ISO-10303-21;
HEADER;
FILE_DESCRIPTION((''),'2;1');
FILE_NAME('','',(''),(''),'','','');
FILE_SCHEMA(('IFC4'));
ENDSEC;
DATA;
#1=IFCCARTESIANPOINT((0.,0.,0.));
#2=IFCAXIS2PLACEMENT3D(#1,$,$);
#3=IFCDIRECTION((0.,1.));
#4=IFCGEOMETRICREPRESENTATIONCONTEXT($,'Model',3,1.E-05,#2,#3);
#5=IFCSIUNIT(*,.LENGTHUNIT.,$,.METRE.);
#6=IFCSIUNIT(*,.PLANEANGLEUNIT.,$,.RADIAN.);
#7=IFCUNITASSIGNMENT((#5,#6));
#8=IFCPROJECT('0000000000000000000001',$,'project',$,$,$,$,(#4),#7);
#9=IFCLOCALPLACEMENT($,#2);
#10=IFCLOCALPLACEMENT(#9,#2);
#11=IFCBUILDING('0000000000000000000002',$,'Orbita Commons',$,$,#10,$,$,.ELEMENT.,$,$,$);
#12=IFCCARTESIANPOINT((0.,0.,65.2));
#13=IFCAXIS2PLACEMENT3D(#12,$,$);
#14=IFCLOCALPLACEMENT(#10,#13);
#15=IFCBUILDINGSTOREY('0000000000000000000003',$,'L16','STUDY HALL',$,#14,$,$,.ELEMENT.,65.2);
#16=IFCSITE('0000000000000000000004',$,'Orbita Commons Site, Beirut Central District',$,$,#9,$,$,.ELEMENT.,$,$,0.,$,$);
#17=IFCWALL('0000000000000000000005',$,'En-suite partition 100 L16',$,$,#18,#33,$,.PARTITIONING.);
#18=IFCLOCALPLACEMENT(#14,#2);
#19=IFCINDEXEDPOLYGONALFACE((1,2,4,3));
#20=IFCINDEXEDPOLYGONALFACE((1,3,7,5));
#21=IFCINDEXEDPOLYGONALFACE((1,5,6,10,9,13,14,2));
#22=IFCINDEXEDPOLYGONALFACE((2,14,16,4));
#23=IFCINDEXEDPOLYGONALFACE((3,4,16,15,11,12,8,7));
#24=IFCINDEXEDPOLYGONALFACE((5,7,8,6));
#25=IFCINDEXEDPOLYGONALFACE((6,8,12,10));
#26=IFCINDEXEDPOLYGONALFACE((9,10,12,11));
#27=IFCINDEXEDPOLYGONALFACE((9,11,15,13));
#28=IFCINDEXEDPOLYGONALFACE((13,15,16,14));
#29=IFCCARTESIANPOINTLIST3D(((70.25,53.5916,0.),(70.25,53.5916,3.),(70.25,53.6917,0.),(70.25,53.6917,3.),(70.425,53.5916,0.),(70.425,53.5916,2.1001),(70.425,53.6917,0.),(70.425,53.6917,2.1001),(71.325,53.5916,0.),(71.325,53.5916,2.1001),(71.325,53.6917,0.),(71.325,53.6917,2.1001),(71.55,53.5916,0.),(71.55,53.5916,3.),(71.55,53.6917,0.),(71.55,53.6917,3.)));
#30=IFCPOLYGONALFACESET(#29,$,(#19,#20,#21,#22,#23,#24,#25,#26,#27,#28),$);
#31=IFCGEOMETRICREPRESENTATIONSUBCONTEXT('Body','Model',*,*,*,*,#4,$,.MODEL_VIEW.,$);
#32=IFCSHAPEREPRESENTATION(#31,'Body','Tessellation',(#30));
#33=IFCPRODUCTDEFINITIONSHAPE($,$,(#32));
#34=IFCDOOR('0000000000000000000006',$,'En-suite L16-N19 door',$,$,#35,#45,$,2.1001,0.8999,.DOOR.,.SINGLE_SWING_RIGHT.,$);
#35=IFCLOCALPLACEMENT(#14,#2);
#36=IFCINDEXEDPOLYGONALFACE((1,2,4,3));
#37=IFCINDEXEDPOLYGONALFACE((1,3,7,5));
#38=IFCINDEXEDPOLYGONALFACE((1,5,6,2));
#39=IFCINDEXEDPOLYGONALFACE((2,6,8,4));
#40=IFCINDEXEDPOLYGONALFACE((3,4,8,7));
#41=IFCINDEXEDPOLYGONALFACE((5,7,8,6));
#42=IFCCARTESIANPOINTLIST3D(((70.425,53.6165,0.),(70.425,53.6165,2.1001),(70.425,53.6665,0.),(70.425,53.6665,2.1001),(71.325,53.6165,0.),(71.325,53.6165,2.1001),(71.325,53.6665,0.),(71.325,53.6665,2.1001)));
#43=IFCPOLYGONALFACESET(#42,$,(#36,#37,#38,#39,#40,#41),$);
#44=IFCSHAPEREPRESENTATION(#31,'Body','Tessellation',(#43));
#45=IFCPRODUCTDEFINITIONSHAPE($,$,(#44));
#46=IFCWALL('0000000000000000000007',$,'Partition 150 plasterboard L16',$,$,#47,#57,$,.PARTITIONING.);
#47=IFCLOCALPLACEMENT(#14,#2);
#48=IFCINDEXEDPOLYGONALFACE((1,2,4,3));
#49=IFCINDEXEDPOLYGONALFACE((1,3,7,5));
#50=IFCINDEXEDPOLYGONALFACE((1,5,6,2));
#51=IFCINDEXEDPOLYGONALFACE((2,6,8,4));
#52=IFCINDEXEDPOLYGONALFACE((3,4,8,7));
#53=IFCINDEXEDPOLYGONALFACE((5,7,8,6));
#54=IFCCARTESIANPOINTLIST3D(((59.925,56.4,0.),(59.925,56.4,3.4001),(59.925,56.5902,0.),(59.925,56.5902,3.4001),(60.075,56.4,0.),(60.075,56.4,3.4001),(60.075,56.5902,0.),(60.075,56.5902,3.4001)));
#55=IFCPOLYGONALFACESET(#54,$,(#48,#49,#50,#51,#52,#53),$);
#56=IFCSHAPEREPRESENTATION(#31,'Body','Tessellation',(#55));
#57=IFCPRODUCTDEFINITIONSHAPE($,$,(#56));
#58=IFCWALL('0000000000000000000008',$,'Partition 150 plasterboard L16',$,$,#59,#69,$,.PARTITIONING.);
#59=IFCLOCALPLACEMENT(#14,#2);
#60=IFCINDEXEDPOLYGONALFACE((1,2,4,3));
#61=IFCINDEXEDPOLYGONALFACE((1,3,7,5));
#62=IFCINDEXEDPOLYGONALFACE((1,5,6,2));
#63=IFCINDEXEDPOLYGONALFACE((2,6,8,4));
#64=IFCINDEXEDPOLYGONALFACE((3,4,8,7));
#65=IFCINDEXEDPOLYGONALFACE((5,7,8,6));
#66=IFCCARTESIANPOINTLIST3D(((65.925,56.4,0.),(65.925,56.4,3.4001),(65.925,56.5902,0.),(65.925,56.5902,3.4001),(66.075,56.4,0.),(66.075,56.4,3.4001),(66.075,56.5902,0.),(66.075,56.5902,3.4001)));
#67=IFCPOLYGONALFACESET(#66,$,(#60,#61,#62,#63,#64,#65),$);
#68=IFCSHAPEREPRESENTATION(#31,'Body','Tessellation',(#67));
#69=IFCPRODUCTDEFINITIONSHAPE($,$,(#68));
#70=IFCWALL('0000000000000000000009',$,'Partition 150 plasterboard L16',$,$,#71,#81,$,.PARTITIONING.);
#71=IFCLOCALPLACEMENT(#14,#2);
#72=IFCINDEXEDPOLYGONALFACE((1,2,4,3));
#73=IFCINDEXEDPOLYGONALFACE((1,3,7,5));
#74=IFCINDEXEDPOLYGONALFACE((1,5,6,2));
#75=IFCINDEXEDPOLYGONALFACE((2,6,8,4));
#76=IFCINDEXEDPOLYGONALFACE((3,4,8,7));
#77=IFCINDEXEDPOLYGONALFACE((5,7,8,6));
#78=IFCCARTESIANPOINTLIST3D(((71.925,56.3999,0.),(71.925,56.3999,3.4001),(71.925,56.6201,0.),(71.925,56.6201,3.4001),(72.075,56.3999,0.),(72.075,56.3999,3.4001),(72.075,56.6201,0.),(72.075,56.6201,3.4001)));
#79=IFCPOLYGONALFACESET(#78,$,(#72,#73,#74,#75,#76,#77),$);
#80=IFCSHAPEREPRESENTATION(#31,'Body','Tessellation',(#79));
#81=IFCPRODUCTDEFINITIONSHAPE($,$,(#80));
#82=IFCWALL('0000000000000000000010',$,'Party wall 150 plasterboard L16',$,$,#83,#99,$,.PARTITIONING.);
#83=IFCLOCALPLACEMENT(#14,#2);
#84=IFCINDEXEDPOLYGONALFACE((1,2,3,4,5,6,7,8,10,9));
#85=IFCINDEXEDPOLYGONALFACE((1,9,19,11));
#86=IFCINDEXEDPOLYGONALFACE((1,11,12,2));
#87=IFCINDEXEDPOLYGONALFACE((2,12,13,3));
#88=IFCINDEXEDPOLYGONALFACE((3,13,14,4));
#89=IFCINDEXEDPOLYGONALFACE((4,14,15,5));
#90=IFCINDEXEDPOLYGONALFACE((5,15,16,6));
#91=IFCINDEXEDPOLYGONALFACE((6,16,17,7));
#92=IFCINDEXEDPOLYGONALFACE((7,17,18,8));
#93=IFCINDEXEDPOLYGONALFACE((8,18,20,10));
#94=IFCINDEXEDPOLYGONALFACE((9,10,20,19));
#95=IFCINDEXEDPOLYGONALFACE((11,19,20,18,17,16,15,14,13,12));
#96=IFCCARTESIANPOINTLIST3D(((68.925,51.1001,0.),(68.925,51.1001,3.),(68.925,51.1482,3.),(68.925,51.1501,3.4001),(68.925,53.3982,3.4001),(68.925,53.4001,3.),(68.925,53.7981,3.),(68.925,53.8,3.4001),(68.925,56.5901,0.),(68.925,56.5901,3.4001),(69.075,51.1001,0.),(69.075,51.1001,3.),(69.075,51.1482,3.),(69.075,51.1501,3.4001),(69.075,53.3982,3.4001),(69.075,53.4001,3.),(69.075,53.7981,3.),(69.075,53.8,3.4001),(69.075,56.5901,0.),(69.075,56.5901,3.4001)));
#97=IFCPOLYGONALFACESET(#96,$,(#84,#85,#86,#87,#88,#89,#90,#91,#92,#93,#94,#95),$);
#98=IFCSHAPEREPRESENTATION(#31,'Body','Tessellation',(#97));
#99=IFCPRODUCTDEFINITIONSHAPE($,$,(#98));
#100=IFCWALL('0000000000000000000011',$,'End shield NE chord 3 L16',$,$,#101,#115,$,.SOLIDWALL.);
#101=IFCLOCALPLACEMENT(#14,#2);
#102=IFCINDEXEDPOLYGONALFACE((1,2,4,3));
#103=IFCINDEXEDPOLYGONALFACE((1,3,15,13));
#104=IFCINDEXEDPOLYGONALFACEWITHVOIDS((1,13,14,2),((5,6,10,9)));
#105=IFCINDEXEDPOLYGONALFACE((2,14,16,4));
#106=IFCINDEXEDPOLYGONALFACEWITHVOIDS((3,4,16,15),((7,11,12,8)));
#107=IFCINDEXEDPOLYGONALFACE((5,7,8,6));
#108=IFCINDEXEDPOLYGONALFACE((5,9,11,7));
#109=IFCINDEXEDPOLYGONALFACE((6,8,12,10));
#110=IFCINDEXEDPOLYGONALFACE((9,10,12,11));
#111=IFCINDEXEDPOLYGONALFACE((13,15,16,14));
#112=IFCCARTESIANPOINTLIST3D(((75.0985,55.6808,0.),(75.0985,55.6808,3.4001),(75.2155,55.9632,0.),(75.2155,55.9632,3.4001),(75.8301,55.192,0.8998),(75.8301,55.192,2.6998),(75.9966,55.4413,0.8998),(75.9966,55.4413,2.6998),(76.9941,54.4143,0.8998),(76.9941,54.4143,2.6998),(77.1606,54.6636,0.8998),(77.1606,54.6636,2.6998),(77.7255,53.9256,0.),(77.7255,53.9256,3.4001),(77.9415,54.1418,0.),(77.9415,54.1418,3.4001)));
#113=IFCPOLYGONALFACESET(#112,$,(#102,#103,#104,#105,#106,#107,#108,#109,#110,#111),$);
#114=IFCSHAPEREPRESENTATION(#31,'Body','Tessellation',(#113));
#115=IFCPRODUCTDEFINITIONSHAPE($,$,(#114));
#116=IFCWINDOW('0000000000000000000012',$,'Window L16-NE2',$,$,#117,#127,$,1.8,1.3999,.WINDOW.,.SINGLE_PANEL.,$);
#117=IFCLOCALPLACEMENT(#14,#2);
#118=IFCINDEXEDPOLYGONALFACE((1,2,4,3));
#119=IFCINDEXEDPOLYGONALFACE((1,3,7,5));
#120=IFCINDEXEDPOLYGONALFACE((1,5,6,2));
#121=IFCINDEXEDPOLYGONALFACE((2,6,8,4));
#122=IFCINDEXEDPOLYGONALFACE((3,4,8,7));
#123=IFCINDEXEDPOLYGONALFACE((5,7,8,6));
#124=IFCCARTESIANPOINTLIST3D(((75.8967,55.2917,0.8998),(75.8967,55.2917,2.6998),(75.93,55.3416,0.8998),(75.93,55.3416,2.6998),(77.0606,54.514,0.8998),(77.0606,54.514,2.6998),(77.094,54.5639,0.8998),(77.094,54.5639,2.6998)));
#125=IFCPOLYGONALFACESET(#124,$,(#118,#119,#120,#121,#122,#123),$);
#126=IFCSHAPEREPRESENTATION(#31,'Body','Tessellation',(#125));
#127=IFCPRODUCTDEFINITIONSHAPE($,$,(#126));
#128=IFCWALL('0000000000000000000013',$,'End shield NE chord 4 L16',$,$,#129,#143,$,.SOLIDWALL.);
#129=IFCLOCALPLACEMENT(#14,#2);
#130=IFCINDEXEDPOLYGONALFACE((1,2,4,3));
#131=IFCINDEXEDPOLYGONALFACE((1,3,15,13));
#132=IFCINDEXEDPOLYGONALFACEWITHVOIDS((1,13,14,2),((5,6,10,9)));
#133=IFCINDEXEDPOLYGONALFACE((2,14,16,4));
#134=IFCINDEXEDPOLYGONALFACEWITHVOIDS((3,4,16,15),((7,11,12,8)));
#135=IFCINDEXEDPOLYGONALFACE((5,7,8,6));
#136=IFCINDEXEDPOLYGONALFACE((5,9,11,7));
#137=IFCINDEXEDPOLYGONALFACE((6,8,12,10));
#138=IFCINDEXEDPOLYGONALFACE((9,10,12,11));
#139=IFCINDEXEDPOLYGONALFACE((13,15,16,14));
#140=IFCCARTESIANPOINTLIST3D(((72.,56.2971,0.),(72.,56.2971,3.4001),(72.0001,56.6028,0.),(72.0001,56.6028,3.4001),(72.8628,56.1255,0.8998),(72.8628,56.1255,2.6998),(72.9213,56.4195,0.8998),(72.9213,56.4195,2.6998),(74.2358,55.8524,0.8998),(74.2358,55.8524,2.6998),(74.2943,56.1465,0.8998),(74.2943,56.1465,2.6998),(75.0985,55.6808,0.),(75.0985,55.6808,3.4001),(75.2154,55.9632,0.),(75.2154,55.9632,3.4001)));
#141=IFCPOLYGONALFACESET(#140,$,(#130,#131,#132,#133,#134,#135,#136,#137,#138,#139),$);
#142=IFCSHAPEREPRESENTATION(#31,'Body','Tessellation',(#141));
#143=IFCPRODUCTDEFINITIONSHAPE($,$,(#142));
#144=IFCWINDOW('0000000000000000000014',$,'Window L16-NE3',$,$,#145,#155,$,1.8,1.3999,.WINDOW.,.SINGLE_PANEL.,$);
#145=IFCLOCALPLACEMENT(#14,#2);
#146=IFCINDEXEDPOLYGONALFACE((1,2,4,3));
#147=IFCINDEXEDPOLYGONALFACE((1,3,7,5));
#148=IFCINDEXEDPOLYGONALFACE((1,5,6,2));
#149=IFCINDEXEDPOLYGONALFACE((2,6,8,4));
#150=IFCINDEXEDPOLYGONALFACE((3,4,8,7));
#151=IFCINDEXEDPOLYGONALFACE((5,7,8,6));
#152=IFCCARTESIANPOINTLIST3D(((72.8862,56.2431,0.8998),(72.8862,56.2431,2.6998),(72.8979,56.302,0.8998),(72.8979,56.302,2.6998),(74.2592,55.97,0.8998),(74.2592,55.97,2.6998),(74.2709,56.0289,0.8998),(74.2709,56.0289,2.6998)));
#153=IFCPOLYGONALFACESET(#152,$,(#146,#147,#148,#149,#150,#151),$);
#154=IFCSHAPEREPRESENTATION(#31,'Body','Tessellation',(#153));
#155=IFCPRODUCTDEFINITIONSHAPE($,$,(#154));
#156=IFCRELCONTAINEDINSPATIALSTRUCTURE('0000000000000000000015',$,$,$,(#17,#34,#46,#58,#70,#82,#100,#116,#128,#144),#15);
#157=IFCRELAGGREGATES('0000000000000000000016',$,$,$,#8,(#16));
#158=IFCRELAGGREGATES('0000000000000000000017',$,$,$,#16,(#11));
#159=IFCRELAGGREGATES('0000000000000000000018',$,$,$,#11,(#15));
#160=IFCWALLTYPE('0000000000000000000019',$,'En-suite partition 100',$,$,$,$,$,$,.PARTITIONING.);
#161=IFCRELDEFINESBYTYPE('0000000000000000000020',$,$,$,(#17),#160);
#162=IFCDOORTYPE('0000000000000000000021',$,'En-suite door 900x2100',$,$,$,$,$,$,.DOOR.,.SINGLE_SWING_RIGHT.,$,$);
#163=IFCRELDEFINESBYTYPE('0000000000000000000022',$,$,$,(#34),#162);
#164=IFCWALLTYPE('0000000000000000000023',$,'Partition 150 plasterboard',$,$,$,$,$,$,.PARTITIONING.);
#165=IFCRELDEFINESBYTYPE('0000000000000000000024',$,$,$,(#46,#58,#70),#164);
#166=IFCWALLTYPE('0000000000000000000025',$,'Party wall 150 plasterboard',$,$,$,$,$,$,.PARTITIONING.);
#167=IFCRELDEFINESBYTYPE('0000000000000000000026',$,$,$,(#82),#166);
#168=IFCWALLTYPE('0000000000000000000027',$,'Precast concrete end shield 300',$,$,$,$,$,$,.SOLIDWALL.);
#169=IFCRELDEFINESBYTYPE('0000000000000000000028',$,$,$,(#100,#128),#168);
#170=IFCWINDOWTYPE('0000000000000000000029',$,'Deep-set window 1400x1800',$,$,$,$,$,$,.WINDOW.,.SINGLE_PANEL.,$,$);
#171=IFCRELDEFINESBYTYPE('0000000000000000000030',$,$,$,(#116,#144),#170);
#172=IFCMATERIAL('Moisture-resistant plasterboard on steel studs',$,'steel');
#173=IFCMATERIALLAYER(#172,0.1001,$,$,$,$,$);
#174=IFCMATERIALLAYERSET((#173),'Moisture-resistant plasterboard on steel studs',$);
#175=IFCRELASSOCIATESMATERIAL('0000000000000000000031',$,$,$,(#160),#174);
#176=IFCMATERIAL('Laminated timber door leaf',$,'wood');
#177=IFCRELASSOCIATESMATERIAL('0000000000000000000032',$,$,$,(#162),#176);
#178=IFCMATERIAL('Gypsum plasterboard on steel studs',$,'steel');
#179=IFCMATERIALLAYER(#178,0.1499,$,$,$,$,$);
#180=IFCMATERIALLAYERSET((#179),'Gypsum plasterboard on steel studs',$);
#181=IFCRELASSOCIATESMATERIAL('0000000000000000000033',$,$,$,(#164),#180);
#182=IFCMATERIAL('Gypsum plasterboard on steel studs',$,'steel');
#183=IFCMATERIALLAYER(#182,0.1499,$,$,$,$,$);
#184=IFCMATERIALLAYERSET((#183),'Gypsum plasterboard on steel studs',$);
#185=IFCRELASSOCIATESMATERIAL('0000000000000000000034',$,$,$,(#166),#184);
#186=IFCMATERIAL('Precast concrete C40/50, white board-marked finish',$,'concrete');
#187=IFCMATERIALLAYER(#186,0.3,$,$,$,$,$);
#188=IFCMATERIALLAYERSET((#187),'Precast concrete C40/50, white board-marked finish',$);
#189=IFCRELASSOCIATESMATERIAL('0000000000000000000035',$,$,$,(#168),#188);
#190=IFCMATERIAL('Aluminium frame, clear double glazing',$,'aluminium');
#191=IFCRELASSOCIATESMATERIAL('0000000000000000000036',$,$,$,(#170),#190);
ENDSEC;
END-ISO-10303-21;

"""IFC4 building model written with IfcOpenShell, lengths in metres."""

from ifc_helpers import new_model, si_unit, direction, frame, frame_2d, origin, place, context, subcontext, project, spatial, polyline, rectangle, outline, extrude, material, layer, layer_set, type_object, element, fill, save


model = new_model("IFC4")

# Units and contexts
model_context = context("Model", 3, precision=1e-05, world=origin(), true_north=direction((0.0, 1.0)))
body_context = subcontext(model_context, "Body", "Model", "MODEL_VIEW")
ifc_project = project(units=[si_unit("LENGTHUNIT", "METRE"), si_unit("PLANEANGLEUNIT", "RADIAN")], contexts=[model_context])

# Site, building, storey
site_placement = place(None, origin())
site = spatial("IfcSite", under=ifc_project, at=site_placement, Name="Orbita Commons Site, Beirut Central District", CompositionType="ELEMENT", RefElevation=0.0)
building_placement = place(site_placement, origin())
building = spatial("IfcBuilding", under=site, at=building_placement, Name="Orbita Commons", CompositionType="ELEMENT")
storey_placement = place(building_placement, frame((0.0, 0.0, 65.2)))
storey = spatial("IfcBuildingStorey", under=building, at=storey_placement, Name="L16", Description="STUDY HALL", CompositionType="ELEMENT", Elevation=65.2)

# Wall, opening, door
ifc_material_1 = material(Name="Moisture-resistant plasterboard on steel studs", Category="steel")
ifc_layer_1 = layer(ifc_material_1, 0.1001)
ifc_layer_set_1 = layer_set([ifc_layer_1], Name="Moisture-resistant plasterboard on steel studs")
wall_type_1 = type_object("IfcWallType", Name="En-suite partition 100", PredefinedType="PARTITIONING", material=ifc_layer_set_1)
ifc_material_2 = material(Name="Laminated timber door leaf", Category="wood")
door_type = type_object("IfcDoorType", Name="En-suite door 900x2100", OperationType="SINGLE_SWING_RIGHT", PredefinedType="DOOR", material=ifc_material_2)
wall_1_placement = place(storey_placement, frame((70.25, 53.6416, 0.0), z_axis=(0.0, 0.0, 1.0), x_axis=(1.0, 0.0, 0.0)))
wall_1 = element("IfcWall", 1, at=wall_1_placement, inside=storey, type_object=wall_type_1, Name="En-suite partition 100 L16", PredefinedType="PARTITIONING", context=body_context, shape_type="SweptSolid", body=[
    extrude(outline(polyline([(0.0, 0.0), (1.3, 0.0), (1.3, 3.0), (0.0, 3.0), (0.0, 0.0)])), frame((0.0, 0.05, 0.0), z_axis=(0.0, -1.0, 0.0), x_axis=(1.0, 0.0, 0.0)), (0.0, 0.0, 1.0), 0.1001),
])
opening_1_placement = place(wall_1_placement, frame((0.175, 0.0, 0.0)))
opening_1 = element("IfcOpeningElement", 2, at=opening_1_placement, cuts=wall_1, PredefinedType="OPENING", context=body_context, shape_type="SweptSolid", body=[
    extrude(rectangle(XDim=0.8999, YDim=2.1001, at=frame_2d((0.45, 1.05))), frame((0.0, 0.0601, 0.0), z_axis=(0.0, -1.0, 0.0), x_axis=(1.0, 0.0, 0.0)), (0.0, 0.0, 1.0), 0.1201),
])
door_1_placement = place(opening_1_placement, origin())
door_1 = element("IfcDoor", 3, at=door_1_placement, inside=storey, type_object=door_type, Name="En-suite L16-N19 door", OperationType="SINGLE_SWING_RIGHT", OverallHeight=2.1001, OverallWidth=0.8999, PredefinedType="DOOR", context=body_context, shape_type="SweptSolid", body=[
    extrude(rectangle(XDim=0.8999, YDim=2.1001, at=frame_2d((0.45, 1.05))), frame((0.0, 0.0249, 0.0), z_axis=(0.0, -1.0, 0.0), x_axis=(1.0, 0.0, 0.0)), (0.0, 0.0, 1.0), 0.05),
])
fill(opening_1, door_1)

# Walls
ifc_material_3 = material(Name="Gypsum plasterboard on steel studs", Category="steel")
ifc_layer_2 = layer(ifc_material_3, 0.1499)
ifc_layer_set_2 = layer_set([ifc_layer_2], Name="Gypsum plasterboard on steel studs")
wall_type_2 = type_object("IfcWallType", Name="Partition 150 plasterboard", PredefinedType="PARTITIONING", material=ifc_layer_set_2)
for number, where, z_axis, x_axis, name in (
    (4, (60.0, 56.3999, 0.0), (0.0, 0.0, 1.0), (0.0, 1.0, 0.0), "Partition 150 plasterboard L16"),
    (5, (66.0, 56.3999, 0.0), (0.0, 0.0, 1.0), (0.0, 1.0, 0.0), "Partition 150 plasterboard L16"),
):
    element("IfcWall", number, at=place(storey_placement, frame(where, z_axis=z_axis, x_axis=x_axis)), inside=storey, type_object=wall_type_2, Name=name, PredefinedType="PARTITIONING", context=body_context, shape_type="SweptSolid", body=[
        extrude(rectangle(XDim=0.1902, YDim=0.1499, at=frame_2d((0.0952, 0.0))), origin(), (0.0, 0.0, 1.0), 3.4001),
    ])
wall_2_placement = place(storey_placement, frame((72.0, 56.3999, 0.0), z_axis=(0.0, 0.0, 1.0), x_axis=(0.0, 1.0, 0.0)))
element("IfcWall", 6, at=wall_2_placement, inside=storey, type_object=wall_type_2, Name="Partition 150 plasterboard L16", PredefinedType="PARTITIONING", context=body_context, shape_type="SweptSolid", body=[
    extrude(rectangle(XDim=0.2202, YDim=0.1499, at=frame_2d((0.1101, 0.0))), origin(), (0.0, 0.0, 1.0), 3.4001),
])
ifc_material_4 = material(Name="Gypsum plasterboard on steel studs", Category="steel")
ifc_layer_3 = layer(ifc_material_4, 0.1499)
ifc_layer_set_3 = layer_set([ifc_layer_3], Name="Gypsum plasterboard on steel studs")
wall_type_3 = type_object("IfcWallType", Name="Party wall 150 plasterboard", PredefinedType="PARTITIONING", material=ifc_layer_set_3)
wall_3_placement = place(storey_placement, frame((69.0, 56.5901, 0.0), z_axis=(0.0, 0.0, 1.0), x_axis=(0.0, -1.0, 0.0)))
element("IfcWall", 7, at=wall_3_placement, inside=storey, type_object=wall_type_3, Name="Party wall 150 plasterboard L16", PredefinedType="PARTITIONING", context=body_context, shape_type="SweptSolid", body=[
    extrude(outline(polyline([(0.0, 0.0), (5.49, 0.0), (5.49, 3.0), (5.4419, 3.0), (5.4399, 3.4001), (3.1919, 3.4001), (3.1899, 3.0), (2.792, 3.0), (2.79, 3.4001), (0.0, 3.4001), (0.0, 0.0)])), frame((0.0, 0.075, 0.0), z_axis=(0.0, -1.0, 0.0), x_axis=(1.0, 0.0, 0.0)), (0.0, 0.0, 1.0), 0.1499),
])

# Walls, openings, windows
ifc_material_5 = material(Name="Precast concrete C40/50, white board-marked finish", Category="concrete")
ifc_layer_4 = layer(ifc_material_5, 0.3)
ifc_layer_set_4 = layer_set([ifc_layer_4], Name="Precast concrete C40/50, white board-marked finish")
wall_type_4 = type_object("IfcWallType", Name="Precast concrete end shield 300", PredefinedType="SOLIDWALL", material=ifc_layer_set_4)
wall_4_placement = place(storey_placement, frame((77.8335, 54.0337, 0.0), z_axis=(0.0, 0.0, 1.0), x_axis=(-0.831478, 0.555558, 0.0)))
wall_4 = element("IfcWall", 8, at=wall_4_placement, inside=storey, type_object=wall_type_4, Name="End shield NE chord 3 L16", PredefinedType="SOLIDWALL", context=body_context, shape_type="SweptSolid", body=[
    extrude(outline(polyline([(-0.0298, -0.1499), (3.2488, -0.1499), (3.1892, 0.1499), (0.0298, 0.1499), (-0.0298, -0.1499)])), origin(), (0.0, 0.0, 1.0), 3.4001),
])
opening_2_placement = place(wall_4_placement, frame((0.9094, 0.0, 0.8999)))
opening_2 = element("IfcOpeningElement", 9, at=opening_2_placement, cuts=wall_4, PredefinedType="OPENING", context=body_context, shape_type="SweptSolid", body=[
    extrude(rectangle(XDim=1.3999, YDim=1.8, at=frame_2d((0.7, 0.8999))), frame((0.0, 0.1599, 0.0), z_axis=(0.0, -1.0, 0.0), x_axis=(1.0, 0.0, 0.0)), (0.0, 0.0, 1.0), 0.3201),
])
ifc_material_6 = material(Name="Aluminium frame, clear double glazing", Category="aluminium")
window_type = type_object("IfcWindowType", Name="Deep-set window 1400x1800", PartitioningType="SINGLE_PANEL", PredefinedType="WINDOW", material=ifc_material_6)
window_1_placement = place(opening_2_placement, origin())
window_1 = element("IfcWindow", 10, at=window_1_placement, inside=storey, type_object=window_type, Name="Window L16-NE2", OverallHeight=1.8, OverallWidth=1.3999, PartitioningType="SINGLE_PANEL", PredefinedType="WINDOW", context=body_context, shape_type="SweptSolid", body=[
    extrude(rectangle(XDim=1.3999, YDim=1.8, at=frame_2d((0.7, 0.8999))), frame((0.0, 0.03, 0.0), z_axis=(0.0, -1.0, 0.0), x_axis=(1.0, 0.0, 0.0)), (0.0, 0.0, 1.0), 0.0601),
])
fill(opening_2, window_1)
wall_5_placement = place(storey_placement, frame((75.157, 55.822, 0.0), z_axis=(0.0, 0.0, 1.0), x_axis=(-0.980787, 0.19508, 0.0)))
wall_5 = element("IfcWall", 11, at=wall_5_placement, inside=storey, type_object=wall_type_4, Name="End shield NE chord 4 L16", PredefinedType="SOLIDWALL", context=body_context, shape_type="SweptSolid", body=[
    extrude(outline(polyline([(-0.0298, -0.1499), (3.2485, -0.1499), (3.189, 0.1499), (0.0298, 0.1499), (-0.0298, -0.1499)])), origin(), (0.0, 0.0, 1.0), 3.4001),
])
opening_3_placement = place(wall_5_placement, frame((0.9094, 0.0, 0.8999)))
opening_3 = element("IfcOpeningElement", 12, at=opening_3_placement, cuts=wall_5, PredefinedType="OPENING", context=body_context, shape_type="SweptSolid", body=[
    extrude(rectangle(XDim=1.3999, YDim=1.8, at=frame_2d((0.7, 0.8999))), frame((0.0, 0.1599, 0.0), z_axis=(0.0, -1.0, 0.0), x_axis=(1.0, 0.0, 0.0)), (0.0, 0.0, 1.0), 0.3201),
])
window_2_placement = place(opening_3_placement, origin())
window_2 = element("IfcWindow", 13, at=window_2_placement, inside=storey, type_object=window_type, Name="Window L16-NE3", OverallHeight=1.8, OverallWidth=1.3999, PartitioningType="SINGLE_PANEL", PredefinedType="WINDOW", context=body_context, shape_type="SweptSolid", body=[
    extrude(rectangle(XDim=1.3999, YDim=1.8, at=frame_2d((0.7, 0.8999))), frame((0.0, 0.03, 0.0), z_axis=(0.0, -1.0, 0.0), x_axis=(1.0, 0.0, 0.0)), (0.0, 0.0, 1.0), 0.0601),
])
fill(opening_3, window_2)

save(model, "model.ifc")
